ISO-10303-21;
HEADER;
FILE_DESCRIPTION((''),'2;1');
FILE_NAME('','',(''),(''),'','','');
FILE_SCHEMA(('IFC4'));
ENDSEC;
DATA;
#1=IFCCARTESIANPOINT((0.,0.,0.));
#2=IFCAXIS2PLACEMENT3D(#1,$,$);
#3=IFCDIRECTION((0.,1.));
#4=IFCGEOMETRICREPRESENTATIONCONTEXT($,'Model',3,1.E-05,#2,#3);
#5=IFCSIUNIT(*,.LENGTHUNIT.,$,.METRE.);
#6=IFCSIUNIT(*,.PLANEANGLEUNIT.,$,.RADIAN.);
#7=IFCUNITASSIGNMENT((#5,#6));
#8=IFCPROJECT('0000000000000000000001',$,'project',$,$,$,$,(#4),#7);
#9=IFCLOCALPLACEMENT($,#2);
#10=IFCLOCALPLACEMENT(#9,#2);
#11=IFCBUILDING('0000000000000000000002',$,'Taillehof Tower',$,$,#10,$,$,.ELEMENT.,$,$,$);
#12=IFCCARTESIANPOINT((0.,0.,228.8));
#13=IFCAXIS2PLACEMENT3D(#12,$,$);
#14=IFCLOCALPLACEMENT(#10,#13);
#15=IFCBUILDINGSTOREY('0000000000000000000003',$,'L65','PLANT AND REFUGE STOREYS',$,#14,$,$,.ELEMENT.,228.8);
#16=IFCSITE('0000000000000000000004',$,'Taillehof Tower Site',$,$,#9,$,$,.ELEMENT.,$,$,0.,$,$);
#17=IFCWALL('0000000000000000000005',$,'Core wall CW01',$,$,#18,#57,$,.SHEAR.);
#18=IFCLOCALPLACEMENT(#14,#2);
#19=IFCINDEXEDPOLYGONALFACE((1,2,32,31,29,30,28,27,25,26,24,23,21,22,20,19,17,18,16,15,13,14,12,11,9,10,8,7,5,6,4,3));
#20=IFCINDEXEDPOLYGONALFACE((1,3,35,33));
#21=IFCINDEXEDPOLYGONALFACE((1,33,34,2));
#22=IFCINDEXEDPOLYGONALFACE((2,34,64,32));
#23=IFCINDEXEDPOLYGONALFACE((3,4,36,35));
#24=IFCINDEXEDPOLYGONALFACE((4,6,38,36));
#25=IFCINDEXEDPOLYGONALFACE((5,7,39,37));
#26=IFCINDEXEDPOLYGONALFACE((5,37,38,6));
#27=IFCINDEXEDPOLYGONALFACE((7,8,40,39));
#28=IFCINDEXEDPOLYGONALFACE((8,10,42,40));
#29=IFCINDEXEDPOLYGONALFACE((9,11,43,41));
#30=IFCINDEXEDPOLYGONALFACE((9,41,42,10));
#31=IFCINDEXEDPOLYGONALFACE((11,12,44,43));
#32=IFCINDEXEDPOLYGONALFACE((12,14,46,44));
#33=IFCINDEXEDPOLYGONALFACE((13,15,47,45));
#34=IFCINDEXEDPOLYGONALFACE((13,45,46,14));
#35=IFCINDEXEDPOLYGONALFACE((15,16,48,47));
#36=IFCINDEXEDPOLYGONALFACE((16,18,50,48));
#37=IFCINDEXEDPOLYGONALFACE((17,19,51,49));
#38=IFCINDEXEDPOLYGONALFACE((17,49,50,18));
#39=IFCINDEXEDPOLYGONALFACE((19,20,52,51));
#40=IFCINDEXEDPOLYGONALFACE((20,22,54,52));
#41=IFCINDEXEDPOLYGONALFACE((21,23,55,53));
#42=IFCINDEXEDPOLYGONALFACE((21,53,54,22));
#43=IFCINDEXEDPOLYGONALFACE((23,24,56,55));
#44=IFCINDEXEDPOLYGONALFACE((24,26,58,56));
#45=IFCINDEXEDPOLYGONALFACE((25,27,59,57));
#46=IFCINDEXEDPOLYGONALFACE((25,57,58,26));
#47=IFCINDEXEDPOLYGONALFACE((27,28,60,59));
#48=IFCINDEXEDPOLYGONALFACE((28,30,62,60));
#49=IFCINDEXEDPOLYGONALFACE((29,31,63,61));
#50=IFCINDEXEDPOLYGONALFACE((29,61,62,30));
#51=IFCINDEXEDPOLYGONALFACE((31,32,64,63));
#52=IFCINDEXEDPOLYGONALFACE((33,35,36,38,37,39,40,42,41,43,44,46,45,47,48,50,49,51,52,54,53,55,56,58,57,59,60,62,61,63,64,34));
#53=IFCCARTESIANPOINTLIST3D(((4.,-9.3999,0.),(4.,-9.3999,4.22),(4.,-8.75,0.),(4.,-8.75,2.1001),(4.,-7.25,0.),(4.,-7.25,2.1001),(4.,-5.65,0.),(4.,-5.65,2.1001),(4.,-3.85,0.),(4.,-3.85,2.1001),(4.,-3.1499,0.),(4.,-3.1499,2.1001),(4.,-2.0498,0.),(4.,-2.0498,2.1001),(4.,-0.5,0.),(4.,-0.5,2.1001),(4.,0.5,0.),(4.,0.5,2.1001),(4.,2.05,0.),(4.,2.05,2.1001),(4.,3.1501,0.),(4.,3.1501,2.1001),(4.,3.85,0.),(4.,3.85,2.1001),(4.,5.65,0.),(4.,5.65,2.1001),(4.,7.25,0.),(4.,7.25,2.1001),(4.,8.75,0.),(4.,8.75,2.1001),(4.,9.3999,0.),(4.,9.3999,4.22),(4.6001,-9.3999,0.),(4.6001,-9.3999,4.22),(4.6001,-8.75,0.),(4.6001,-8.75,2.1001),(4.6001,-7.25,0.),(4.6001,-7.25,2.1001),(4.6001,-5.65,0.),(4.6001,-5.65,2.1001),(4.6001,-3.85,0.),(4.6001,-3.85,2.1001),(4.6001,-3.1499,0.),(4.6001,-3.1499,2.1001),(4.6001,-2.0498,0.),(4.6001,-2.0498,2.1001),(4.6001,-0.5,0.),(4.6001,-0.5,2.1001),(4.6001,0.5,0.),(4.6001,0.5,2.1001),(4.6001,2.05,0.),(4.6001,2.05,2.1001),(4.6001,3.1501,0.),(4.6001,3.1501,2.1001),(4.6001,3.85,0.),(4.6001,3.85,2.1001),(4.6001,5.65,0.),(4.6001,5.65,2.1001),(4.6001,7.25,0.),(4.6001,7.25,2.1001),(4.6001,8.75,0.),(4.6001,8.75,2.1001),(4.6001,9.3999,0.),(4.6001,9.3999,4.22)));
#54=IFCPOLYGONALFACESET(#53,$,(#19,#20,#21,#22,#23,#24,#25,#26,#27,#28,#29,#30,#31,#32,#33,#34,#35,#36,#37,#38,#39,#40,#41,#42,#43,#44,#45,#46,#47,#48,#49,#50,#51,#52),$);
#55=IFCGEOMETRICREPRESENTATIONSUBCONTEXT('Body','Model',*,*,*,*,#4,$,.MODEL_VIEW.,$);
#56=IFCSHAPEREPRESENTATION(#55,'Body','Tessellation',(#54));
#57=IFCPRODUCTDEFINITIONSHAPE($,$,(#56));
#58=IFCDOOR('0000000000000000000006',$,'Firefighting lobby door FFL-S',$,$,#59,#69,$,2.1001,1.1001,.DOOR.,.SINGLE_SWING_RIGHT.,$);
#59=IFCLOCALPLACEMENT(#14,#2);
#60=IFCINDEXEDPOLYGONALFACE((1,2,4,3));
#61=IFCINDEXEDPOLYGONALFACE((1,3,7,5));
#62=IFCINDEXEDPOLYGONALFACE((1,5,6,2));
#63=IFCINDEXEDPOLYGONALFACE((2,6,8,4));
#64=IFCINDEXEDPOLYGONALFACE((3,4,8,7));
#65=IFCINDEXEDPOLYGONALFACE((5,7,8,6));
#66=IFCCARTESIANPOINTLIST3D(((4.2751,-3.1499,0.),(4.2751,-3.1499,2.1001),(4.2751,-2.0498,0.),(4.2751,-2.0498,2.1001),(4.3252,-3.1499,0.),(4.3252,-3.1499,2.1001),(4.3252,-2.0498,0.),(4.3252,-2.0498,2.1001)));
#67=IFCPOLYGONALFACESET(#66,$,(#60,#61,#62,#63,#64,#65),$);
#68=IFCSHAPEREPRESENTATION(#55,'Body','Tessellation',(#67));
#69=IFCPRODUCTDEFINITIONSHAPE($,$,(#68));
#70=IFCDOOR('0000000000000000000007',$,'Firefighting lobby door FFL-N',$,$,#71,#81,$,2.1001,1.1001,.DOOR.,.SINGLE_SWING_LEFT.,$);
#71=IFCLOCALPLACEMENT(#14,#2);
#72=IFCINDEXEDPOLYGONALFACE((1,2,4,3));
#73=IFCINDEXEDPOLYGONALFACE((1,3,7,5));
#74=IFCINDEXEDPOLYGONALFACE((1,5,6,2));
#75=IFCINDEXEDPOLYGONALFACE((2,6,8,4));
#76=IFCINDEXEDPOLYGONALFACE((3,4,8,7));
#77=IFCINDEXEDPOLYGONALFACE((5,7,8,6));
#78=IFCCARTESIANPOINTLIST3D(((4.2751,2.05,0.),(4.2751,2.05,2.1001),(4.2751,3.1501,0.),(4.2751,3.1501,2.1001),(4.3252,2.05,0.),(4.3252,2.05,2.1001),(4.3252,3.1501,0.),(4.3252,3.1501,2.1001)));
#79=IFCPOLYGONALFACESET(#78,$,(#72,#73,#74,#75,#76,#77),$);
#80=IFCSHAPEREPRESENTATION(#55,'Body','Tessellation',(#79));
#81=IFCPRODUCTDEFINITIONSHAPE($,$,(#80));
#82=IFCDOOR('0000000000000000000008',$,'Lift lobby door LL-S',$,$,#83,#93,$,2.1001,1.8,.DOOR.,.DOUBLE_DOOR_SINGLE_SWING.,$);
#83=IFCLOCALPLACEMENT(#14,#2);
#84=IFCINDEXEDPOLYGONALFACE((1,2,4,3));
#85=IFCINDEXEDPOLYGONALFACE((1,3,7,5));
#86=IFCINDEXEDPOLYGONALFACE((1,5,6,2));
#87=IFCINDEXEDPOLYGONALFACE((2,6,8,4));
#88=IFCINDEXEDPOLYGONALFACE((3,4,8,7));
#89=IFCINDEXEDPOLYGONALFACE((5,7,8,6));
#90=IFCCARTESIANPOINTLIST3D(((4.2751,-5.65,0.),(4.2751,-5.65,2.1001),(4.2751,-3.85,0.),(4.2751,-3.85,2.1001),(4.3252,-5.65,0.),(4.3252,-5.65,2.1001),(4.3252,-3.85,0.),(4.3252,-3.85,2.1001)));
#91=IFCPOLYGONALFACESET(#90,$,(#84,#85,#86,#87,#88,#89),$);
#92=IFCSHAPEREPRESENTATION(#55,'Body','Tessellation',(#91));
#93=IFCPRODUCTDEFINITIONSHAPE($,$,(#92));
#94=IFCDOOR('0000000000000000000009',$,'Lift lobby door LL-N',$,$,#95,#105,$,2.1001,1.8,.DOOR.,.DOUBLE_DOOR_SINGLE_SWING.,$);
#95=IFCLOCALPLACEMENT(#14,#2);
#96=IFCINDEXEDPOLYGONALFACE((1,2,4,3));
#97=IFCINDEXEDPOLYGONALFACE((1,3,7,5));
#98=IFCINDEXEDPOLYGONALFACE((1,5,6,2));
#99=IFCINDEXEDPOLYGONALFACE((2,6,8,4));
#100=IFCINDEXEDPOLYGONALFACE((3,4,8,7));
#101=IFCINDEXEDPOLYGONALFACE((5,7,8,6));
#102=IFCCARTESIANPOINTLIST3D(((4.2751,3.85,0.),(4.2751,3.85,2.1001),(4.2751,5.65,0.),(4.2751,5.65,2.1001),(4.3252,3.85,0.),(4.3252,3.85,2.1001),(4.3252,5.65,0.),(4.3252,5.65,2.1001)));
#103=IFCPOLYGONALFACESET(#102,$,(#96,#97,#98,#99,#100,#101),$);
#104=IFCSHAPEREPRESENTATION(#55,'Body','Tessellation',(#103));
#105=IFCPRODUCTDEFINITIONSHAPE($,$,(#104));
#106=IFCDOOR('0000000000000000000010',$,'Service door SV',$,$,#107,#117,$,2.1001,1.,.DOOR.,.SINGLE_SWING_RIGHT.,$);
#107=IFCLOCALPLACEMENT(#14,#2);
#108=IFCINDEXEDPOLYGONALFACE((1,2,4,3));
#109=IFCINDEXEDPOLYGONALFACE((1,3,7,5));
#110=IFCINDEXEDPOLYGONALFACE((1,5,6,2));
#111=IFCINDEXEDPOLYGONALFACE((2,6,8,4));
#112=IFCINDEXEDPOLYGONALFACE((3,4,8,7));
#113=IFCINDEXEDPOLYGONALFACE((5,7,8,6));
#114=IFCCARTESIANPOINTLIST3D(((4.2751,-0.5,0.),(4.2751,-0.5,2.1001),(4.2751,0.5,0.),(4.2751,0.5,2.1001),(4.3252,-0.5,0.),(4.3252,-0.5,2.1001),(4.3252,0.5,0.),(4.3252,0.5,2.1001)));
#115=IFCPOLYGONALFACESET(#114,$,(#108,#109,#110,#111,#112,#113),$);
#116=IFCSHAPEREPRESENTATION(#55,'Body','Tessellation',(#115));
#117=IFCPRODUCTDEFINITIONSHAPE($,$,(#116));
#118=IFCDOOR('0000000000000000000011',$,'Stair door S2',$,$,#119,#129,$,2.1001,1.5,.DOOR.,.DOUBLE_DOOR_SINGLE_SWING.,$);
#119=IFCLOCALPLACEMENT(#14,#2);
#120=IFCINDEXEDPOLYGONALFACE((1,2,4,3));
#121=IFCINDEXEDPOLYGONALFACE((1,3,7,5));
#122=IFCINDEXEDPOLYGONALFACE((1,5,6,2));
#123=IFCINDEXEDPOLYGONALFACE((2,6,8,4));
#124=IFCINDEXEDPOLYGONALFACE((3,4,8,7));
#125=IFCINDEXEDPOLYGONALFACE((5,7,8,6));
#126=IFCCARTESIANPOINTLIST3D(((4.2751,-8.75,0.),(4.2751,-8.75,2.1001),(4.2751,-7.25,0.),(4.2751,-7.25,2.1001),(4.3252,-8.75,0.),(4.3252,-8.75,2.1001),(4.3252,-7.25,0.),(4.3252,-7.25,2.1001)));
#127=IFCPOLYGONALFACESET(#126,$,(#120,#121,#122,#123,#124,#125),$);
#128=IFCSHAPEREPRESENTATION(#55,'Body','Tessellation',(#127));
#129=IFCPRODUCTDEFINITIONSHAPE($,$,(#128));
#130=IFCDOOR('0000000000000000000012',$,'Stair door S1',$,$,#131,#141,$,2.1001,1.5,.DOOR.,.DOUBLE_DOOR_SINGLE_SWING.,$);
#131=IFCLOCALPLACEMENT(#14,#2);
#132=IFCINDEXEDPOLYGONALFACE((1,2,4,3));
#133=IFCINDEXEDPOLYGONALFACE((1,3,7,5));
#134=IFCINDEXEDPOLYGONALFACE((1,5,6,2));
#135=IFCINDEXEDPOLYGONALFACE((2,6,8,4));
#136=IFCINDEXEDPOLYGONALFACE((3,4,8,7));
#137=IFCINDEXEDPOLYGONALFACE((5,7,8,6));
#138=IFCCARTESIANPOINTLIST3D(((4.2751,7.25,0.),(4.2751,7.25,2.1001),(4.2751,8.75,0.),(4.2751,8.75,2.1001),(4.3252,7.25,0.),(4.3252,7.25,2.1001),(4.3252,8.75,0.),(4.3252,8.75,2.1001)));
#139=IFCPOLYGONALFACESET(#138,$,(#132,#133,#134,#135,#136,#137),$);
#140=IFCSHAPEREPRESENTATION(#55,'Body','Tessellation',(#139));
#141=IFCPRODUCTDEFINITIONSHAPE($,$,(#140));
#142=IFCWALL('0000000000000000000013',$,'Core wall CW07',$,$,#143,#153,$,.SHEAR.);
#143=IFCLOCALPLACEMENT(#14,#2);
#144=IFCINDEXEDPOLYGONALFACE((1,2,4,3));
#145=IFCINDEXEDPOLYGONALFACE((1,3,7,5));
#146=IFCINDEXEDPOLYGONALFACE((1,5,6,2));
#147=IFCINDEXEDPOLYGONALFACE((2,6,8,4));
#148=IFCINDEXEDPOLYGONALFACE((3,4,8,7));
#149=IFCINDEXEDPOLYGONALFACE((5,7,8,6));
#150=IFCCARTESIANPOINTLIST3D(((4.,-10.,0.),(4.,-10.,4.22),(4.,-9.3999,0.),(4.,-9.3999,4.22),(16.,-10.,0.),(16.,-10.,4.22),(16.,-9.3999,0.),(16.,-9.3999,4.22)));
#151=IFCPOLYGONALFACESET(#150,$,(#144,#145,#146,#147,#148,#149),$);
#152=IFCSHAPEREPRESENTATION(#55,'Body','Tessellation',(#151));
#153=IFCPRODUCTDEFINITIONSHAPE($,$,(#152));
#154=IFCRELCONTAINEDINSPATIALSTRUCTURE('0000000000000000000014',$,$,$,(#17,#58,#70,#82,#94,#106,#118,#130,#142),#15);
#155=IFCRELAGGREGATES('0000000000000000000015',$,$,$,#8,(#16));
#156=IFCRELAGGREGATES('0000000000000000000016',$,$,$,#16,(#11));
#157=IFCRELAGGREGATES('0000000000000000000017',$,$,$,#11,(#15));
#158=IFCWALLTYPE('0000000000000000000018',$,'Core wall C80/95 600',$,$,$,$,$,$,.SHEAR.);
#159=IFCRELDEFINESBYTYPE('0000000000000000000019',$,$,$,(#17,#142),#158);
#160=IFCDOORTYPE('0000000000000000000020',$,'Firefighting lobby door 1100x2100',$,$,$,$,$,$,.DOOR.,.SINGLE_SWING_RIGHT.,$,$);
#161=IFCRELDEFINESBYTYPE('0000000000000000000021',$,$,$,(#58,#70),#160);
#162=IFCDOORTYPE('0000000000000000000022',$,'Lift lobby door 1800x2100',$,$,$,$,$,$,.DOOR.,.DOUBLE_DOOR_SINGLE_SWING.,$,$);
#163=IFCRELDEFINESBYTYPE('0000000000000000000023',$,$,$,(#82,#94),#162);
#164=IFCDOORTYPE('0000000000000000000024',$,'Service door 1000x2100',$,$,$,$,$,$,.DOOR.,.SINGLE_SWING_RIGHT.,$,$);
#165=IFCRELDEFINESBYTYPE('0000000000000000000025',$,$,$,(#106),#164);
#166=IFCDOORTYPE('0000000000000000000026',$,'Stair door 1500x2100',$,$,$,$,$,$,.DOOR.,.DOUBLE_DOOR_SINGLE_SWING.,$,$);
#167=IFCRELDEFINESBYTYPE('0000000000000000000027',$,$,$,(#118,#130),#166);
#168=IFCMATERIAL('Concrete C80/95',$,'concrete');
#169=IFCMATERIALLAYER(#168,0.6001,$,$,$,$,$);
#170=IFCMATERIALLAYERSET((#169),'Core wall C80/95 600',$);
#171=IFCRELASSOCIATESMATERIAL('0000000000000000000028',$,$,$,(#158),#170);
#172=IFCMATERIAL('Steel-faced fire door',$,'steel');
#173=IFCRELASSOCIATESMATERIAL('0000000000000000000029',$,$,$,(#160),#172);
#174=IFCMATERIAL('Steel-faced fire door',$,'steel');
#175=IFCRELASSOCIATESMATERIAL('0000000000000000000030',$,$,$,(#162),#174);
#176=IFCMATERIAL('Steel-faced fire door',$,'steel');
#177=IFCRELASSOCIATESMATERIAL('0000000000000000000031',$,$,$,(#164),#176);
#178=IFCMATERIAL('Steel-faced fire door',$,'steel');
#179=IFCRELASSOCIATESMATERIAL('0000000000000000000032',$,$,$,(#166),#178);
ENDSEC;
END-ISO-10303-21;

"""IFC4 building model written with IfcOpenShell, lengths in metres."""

from ifc_helpers import new_model, si_unit, direction, frame, frame_2d, origin, place, context, subcontext, project, spatial, rectangle, extrude, material, layer, layer_set, type_object, element, fill, save


model = new_model("IFC4")

# Units and contexts
model_context = context("Model", 3, precision=1e-05, world=origin(), true_north=direction((0.0, 1.0)))
body_context = subcontext(model_context, "Body", "Model", "MODEL_VIEW")
ifc_project = project(units=[si_unit("LENGTHUNIT", "METRE"), si_unit("PLANEANGLEUNIT", "RADIAN")], contexts=[model_context])

# Site, building, storey
site_placement = place(None, origin())
site = spatial("IfcSite", under=ifc_project, at=site_placement, Name="Taillehof Tower Site", CompositionType="ELEMENT", RefElevation=0.0)
building_placement = place(site_placement, origin())
building = spatial("IfcBuilding", under=site, at=building_placement, Name="Taillehof Tower", CompositionType="ELEMENT")
storey_placement = place(building_placement, frame((0.0, 0.0, 228.8)))
storey = spatial("IfcBuildingStorey", under=building, at=storey_placement, Name="L65", Description="PLANT AND REFUGE STOREYS", CompositionType="ELEMENT", Elevation=228.8)

# Wall, openings, doors
ifc_material_1 = material(Name="Concrete C80/95", Category="concrete")
ifc_layer_1 = layer(ifc_material_1, 0.6001)
ifc_layer_set_1 = layer_set([ifc_layer_1], Name="Core wall C80/95 600")
wall_type_1 = type_object("IfcWallType", Name="Core wall C80/95 600", PredefinedType="SHEAR", material=ifc_layer_set_1)
wall_1_placement = place(storey_placement, frame((4.3, -9.3999, 0.0), z_axis=(0.0, 0.0, 1.0), x_axis=(0.0, 1.0, 0.0)))
wall_1 = element("IfcWall", 1, at=wall_1_placement, inside=storey, type_object=wall_type_1, Name="Core wall CW01", PredefinedType="SHEAR", context=body_context, shape_type="SweptSolid", body=[
    extrude(rectangle(XDim=18.7998, YDim=0.6001, at=frame_2d((9.3999, 0.0))), origin(), (0.0, 0.0, 1.0), 4.22),
])
opening_1_placement = place(wall_1_placement, frame((0.6499, 0.0, 0.0)))
opening_1 = element("IfcOpeningElement", 2, at=opening_1_placement, cuts=wall_1, PredefinedType="OPENING", context=body_context, shape_type="SweptSolid", body=[
    extrude(rectangle(XDim=1.5, YDim=2.1001, at=frame_2d((0.75, 1.05))), frame((0.0, 0.3101, 0.0), z_axis=(0.0, -1.0, 0.0), x_axis=(1.0, 0.0, 0.0)), (0.0, 0.0, 1.0), 0.6201),
])
opening_2_placement = place(wall_1_placement, frame((3.75, 0.0, 0.0)))
opening_2 = element("IfcOpeningElement", 3, at=opening_2_placement, cuts=wall_1, PredefinedType="OPENING", context=body_context, shape_type="SweptSolid", body=[
    extrude(rectangle(XDim=1.8, YDim=2.1001, at=frame_2d((0.8999, 1.05))), frame((0.0, 0.3101, 0.0), z_axis=(0.0, -1.0, 0.0), x_axis=(1.0, 0.0, 0.0)), (0.0, 0.0, 1.0), 0.6201),
])
opening_3_placement = place(wall_1_placement, frame((6.25, 0.0, 0.0)))
opening_3 = element("IfcOpeningElement", 4, at=opening_3_placement, cuts=wall_1, PredefinedType="OPENING", context=body_context, shape_type="SweptSolid", body=[
    extrude(rectangle(XDim=1.1001, YDim=2.1001, at=frame_2d((0.55, 1.05))), frame((0.0, 0.3101, 0.0), z_axis=(0.0, -1.0, 0.0), x_axis=(1.0, 0.0, 0.0)), (0.0, 0.0, 1.0), 0.6201),
])
opening_4_placement = place(wall_1_placement, frame((8.8999, 0.0, 0.0)))
opening_4 = element("IfcOpeningElement", 5, at=opening_4_placement, cuts=wall_1, PredefinedType="OPENING", context=body_context, shape_type="SweptSolid", body=[
    extrude(rectangle(XDim=1.0, YDim=2.1001, at=frame_2d((0.5, 1.05))), frame((0.0, 0.3101, 0.0), z_axis=(0.0, -1.0, 0.0), x_axis=(1.0, 0.0, 0.0)), (0.0, 0.0, 1.0), 0.6201),
])
opening_5_placement = place(wall_1_placement, frame((11.45, 0.0, 0.0)))
opening_5 = element("IfcOpeningElement", 6, at=opening_5_placement, cuts=wall_1, PredefinedType="OPENING", context=body_context, shape_type="SweptSolid", body=[
    extrude(rectangle(XDim=1.1001, YDim=2.1001, at=frame_2d((0.55, 1.05))), frame((0.0, 0.3101, 0.0), z_axis=(0.0, -1.0, 0.0), x_axis=(1.0, 0.0, 0.0)), (0.0, 0.0, 1.0), 0.6201),
])
opening_6_placement = place(wall_1_placement, frame((13.25, 0.0, 0.0)))
opening_6 = element("IfcOpeningElement", 7, at=opening_6_placement, cuts=wall_1, PredefinedType="OPENING", context=body_context, shape_type="SweptSolid", body=[
    extrude(rectangle(XDim=1.8, YDim=2.1001, at=frame_2d((0.8999, 1.05))), frame((0.0, 0.3101, 0.0), z_axis=(0.0, -1.0, 0.0), x_axis=(1.0, 0.0, 0.0)), (0.0, 0.0, 1.0), 0.6201),
])
opening_7_placement = place(wall_1_placement, frame((16.6499, 0.0, 0.0)))
opening_7 = element("IfcOpeningElement", 8, at=opening_7_placement, cuts=wall_1, PredefinedType="OPENING", context=body_context, shape_type="SweptSolid", body=[
    extrude(rectangle(XDim=1.5, YDim=2.1001, at=frame_2d((0.75, 1.05))), frame((0.0, 0.3101, 0.0), z_axis=(0.0, -1.0, 0.0), x_axis=(1.0, 0.0, 0.0)), (0.0, 0.0, 1.0), 0.6201),
])
ifc_material_2 = material(Name="Steel-faced fire door", Category="steel")
door_type_1 = type_object("IfcDoorType", Name="Firefighting lobby door 1100x2100", OperationType="SINGLE_SWING_RIGHT", PredefinedType="DOOR", material=ifc_material_2)
door_1_placement = place(opening_3_placement, origin())
door_1 = element("IfcDoor", 9, at=door_1_placement, inside=storey, type_object=door_type_1, Name="Firefighting lobby door FFL-S", OperationType="SINGLE_SWING_RIGHT", OverallHeight=2.1001, OverallWidth=1.1001, PredefinedType="DOOR", context=body_context, shape_type="SweptSolid", body=[
    extrude(rectangle(XDim=1.1001, YDim=2.1001, at=frame_2d((0.55, 1.05))), frame((0.0, 0.0249, 0.0), z_axis=(0.0, -1.0, 0.0), x_axis=(1.0, 0.0, 0.0)), (0.0, 0.0, 1.0), 0.05),
])
fill(opening_3, door_1)
door_2_placement = place(opening_5_placement, origin())
door_2 = element("IfcDoor", 10, at=door_2_placement, inside=storey, type_object=door_type_1, Name="Firefighting lobby door FFL-N", OperationType="SINGLE_SWING_LEFT", OverallHeight=2.1001, OverallWidth=1.1001, PredefinedType="DOOR", context=body_context, shape_type="SweptSolid", body=[
    extrude(rectangle(XDim=1.1001, YDim=2.1001, at=frame_2d((0.55, 1.05))), frame((0.0, 0.0249, 0.0), z_axis=(0.0, -1.0, 0.0), x_axis=(1.0, 0.0, 0.0)), (0.0, 0.0, 1.0), 0.05),
])
fill(opening_5, door_2)
ifc_material_3 = material(Name="Steel-faced fire door", Category="steel")
door_type_2 = type_object("IfcDoorType", Name="Lift lobby door 1800x2100", OperationType="DOUBLE_DOOR_SINGLE_SWING", PredefinedType="DOOR", material=ifc_material_3)
door_3_placement = place(opening_2_placement, origin())
door_3 = element("IfcDoor", 11, at=door_3_placement, inside=storey, type_object=door_type_2, Name="Lift lobby door LL-S", OperationType="DOUBLE_DOOR_SINGLE_SWING", OverallHeight=2.1001, OverallWidth=1.8, PredefinedType="DOOR", context=body_context, shape_type="SweptSolid", body=[
    extrude(rectangle(XDim=1.8, YDim=2.1001, at=frame_2d((0.8999, 1.05))), frame((0.0, 0.0249, 0.0), z_axis=(0.0, -1.0, 0.0), x_axis=(1.0, 0.0, 0.0)), (0.0, 0.0, 1.0), 0.05),
])
fill(opening_2, door_3)
door_4_placement = place(opening_6_placement, origin())
door_4 = element("IfcDoor", 12, at=door_4_placement, inside=storey, type_object=door_type_2, Name="Lift lobby door LL-N", OperationType="DOUBLE_DOOR_SINGLE_SWING", OverallHeight=2.1001, OverallWidth=1.8, PredefinedType="DOOR", context=body_context, shape_type="SweptSolid", body=[
    extrude(rectangle(XDim=1.8, YDim=2.1001, at=frame_2d((0.8999, 1.05))), frame((0.0, 0.0249, 0.0), z_axis=(0.0, -1.0, 0.0), x_axis=(1.0, 0.0, 0.0)), (0.0, 0.0, 1.0), 0.05),
])
fill(opening_6, door_4)
ifc_material_4 = material(Name="Steel-faced fire door", Category="steel")
door_type_3 = type_object("IfcDoorType", Name="Service door 1000x2100", OperationType="SINGLE_SWING_RIGHT", PredefinedType="DOOR", material=ifc_material_4)
door_5_placement = place(opening_4_placement, origin())
door_5 = element("IfcDoor", 13, at=door_5_placement, inside=storey, type_object=door_type_3, Name="Service door SV", OperationType="SINGLE_SWING_RIGHT", OverallHeight=2.1001, OverallWidth=1.0, PredefinedType="DOOR", context=body_context, shape_type="SweptSolid", body=[
    extrude(rectangle(XDim=1.0, YDim=2.1001, at=frame_2d((0.5, 1.05))), frame((0.0, 0.0249, 0.0), z_axis=(0.0, -1.0, 0.0), x_axis=(1.0, 0.0, 0.0)), (0.0, 0.0, 1.0), 0.05),
])
fill(opening_4, door_5)
ifc_material_5 = material(Name="Steel-faced fire door", Category="steel")
door_type_4 = type_object("IfcDoorType", Name="Stair door 1500x2100", OperationType="DOUBLE_DOOR_SINGLE_SWING", PredefinedType="DOOR", material=ifc_material_5)
door_6_placement = place(opening_1_placement, origin())
door_6 = element("IfcDoor", 14, at=door_6_placement, inside=storey, type_object=door_type_4, Name="Stair door S2", OperationType="DOUBLE_DOOR_SINGLE_SWING", OverallHeight=2.1001, OverallWidth=1.5, PredefinedType="DOOR", context=body_context, shape_type="SweptSolid", body=[
    extrude(rectangle(XDim=1.5, YDim=2.1001, at=frame_2d((0.75, 1.05))), frame((0.0, 0.0249, 0.0), z_axis=(0.0, -1.0, 0.0), x_axis=(1.0, 0.0, 0.0)), (0.0, 0.0, 1.0), 0.05),
])
fill(opening_1, door_6)
door_7_placement = place(opening_7_placement, origin())
door_7 = element("IfcDoor", 15, at=door_7_placement, inside=storey, type_object=door_type_4, Name="Stair door S1", OperationType="DOUBLE_DOOR_SINGLE_SWING", OverallHeight=2.1001, OverallWidth=1.5, PredefinedType="DOOR", context=body_context, shape_type="SweptSolid", body=[
    extrude(rectangle(XDim=1.5, YDim=2.1001, at=frame_2d((0.75, 1.05))), frame((0.0, 0.0249, 0.0), z_axis=(0.0, -1.0, 0.0), x_axis=(1.0, 0.0, 0.0)), (0.0, 0.0, 1.0), 0.05),
])
fill(opening_7, door_7)

# Wall
wall_2_placement = place(storey_placement, frame((4.0, -9.7, 0.0), z_axis=(0.0, 0.0, 1.0), x_axis=(1.0, 0.0, 0.0)))
element("IfcWall", 16, at=wall_2_placement, inside=storey, type_object=wall_type_1, Name="Core wall CW07", PredefinedType="SHEAR", context=body_context, shape_type="SweptSolid", body=[
    extrude(rectangle(XDim=12.0, YDim=0.6001, at=frame_2d((6.0, 0.0))), origin(), (0.0, 0.0, 1.0), 4.22),
])

save(model, "model.ifc")
